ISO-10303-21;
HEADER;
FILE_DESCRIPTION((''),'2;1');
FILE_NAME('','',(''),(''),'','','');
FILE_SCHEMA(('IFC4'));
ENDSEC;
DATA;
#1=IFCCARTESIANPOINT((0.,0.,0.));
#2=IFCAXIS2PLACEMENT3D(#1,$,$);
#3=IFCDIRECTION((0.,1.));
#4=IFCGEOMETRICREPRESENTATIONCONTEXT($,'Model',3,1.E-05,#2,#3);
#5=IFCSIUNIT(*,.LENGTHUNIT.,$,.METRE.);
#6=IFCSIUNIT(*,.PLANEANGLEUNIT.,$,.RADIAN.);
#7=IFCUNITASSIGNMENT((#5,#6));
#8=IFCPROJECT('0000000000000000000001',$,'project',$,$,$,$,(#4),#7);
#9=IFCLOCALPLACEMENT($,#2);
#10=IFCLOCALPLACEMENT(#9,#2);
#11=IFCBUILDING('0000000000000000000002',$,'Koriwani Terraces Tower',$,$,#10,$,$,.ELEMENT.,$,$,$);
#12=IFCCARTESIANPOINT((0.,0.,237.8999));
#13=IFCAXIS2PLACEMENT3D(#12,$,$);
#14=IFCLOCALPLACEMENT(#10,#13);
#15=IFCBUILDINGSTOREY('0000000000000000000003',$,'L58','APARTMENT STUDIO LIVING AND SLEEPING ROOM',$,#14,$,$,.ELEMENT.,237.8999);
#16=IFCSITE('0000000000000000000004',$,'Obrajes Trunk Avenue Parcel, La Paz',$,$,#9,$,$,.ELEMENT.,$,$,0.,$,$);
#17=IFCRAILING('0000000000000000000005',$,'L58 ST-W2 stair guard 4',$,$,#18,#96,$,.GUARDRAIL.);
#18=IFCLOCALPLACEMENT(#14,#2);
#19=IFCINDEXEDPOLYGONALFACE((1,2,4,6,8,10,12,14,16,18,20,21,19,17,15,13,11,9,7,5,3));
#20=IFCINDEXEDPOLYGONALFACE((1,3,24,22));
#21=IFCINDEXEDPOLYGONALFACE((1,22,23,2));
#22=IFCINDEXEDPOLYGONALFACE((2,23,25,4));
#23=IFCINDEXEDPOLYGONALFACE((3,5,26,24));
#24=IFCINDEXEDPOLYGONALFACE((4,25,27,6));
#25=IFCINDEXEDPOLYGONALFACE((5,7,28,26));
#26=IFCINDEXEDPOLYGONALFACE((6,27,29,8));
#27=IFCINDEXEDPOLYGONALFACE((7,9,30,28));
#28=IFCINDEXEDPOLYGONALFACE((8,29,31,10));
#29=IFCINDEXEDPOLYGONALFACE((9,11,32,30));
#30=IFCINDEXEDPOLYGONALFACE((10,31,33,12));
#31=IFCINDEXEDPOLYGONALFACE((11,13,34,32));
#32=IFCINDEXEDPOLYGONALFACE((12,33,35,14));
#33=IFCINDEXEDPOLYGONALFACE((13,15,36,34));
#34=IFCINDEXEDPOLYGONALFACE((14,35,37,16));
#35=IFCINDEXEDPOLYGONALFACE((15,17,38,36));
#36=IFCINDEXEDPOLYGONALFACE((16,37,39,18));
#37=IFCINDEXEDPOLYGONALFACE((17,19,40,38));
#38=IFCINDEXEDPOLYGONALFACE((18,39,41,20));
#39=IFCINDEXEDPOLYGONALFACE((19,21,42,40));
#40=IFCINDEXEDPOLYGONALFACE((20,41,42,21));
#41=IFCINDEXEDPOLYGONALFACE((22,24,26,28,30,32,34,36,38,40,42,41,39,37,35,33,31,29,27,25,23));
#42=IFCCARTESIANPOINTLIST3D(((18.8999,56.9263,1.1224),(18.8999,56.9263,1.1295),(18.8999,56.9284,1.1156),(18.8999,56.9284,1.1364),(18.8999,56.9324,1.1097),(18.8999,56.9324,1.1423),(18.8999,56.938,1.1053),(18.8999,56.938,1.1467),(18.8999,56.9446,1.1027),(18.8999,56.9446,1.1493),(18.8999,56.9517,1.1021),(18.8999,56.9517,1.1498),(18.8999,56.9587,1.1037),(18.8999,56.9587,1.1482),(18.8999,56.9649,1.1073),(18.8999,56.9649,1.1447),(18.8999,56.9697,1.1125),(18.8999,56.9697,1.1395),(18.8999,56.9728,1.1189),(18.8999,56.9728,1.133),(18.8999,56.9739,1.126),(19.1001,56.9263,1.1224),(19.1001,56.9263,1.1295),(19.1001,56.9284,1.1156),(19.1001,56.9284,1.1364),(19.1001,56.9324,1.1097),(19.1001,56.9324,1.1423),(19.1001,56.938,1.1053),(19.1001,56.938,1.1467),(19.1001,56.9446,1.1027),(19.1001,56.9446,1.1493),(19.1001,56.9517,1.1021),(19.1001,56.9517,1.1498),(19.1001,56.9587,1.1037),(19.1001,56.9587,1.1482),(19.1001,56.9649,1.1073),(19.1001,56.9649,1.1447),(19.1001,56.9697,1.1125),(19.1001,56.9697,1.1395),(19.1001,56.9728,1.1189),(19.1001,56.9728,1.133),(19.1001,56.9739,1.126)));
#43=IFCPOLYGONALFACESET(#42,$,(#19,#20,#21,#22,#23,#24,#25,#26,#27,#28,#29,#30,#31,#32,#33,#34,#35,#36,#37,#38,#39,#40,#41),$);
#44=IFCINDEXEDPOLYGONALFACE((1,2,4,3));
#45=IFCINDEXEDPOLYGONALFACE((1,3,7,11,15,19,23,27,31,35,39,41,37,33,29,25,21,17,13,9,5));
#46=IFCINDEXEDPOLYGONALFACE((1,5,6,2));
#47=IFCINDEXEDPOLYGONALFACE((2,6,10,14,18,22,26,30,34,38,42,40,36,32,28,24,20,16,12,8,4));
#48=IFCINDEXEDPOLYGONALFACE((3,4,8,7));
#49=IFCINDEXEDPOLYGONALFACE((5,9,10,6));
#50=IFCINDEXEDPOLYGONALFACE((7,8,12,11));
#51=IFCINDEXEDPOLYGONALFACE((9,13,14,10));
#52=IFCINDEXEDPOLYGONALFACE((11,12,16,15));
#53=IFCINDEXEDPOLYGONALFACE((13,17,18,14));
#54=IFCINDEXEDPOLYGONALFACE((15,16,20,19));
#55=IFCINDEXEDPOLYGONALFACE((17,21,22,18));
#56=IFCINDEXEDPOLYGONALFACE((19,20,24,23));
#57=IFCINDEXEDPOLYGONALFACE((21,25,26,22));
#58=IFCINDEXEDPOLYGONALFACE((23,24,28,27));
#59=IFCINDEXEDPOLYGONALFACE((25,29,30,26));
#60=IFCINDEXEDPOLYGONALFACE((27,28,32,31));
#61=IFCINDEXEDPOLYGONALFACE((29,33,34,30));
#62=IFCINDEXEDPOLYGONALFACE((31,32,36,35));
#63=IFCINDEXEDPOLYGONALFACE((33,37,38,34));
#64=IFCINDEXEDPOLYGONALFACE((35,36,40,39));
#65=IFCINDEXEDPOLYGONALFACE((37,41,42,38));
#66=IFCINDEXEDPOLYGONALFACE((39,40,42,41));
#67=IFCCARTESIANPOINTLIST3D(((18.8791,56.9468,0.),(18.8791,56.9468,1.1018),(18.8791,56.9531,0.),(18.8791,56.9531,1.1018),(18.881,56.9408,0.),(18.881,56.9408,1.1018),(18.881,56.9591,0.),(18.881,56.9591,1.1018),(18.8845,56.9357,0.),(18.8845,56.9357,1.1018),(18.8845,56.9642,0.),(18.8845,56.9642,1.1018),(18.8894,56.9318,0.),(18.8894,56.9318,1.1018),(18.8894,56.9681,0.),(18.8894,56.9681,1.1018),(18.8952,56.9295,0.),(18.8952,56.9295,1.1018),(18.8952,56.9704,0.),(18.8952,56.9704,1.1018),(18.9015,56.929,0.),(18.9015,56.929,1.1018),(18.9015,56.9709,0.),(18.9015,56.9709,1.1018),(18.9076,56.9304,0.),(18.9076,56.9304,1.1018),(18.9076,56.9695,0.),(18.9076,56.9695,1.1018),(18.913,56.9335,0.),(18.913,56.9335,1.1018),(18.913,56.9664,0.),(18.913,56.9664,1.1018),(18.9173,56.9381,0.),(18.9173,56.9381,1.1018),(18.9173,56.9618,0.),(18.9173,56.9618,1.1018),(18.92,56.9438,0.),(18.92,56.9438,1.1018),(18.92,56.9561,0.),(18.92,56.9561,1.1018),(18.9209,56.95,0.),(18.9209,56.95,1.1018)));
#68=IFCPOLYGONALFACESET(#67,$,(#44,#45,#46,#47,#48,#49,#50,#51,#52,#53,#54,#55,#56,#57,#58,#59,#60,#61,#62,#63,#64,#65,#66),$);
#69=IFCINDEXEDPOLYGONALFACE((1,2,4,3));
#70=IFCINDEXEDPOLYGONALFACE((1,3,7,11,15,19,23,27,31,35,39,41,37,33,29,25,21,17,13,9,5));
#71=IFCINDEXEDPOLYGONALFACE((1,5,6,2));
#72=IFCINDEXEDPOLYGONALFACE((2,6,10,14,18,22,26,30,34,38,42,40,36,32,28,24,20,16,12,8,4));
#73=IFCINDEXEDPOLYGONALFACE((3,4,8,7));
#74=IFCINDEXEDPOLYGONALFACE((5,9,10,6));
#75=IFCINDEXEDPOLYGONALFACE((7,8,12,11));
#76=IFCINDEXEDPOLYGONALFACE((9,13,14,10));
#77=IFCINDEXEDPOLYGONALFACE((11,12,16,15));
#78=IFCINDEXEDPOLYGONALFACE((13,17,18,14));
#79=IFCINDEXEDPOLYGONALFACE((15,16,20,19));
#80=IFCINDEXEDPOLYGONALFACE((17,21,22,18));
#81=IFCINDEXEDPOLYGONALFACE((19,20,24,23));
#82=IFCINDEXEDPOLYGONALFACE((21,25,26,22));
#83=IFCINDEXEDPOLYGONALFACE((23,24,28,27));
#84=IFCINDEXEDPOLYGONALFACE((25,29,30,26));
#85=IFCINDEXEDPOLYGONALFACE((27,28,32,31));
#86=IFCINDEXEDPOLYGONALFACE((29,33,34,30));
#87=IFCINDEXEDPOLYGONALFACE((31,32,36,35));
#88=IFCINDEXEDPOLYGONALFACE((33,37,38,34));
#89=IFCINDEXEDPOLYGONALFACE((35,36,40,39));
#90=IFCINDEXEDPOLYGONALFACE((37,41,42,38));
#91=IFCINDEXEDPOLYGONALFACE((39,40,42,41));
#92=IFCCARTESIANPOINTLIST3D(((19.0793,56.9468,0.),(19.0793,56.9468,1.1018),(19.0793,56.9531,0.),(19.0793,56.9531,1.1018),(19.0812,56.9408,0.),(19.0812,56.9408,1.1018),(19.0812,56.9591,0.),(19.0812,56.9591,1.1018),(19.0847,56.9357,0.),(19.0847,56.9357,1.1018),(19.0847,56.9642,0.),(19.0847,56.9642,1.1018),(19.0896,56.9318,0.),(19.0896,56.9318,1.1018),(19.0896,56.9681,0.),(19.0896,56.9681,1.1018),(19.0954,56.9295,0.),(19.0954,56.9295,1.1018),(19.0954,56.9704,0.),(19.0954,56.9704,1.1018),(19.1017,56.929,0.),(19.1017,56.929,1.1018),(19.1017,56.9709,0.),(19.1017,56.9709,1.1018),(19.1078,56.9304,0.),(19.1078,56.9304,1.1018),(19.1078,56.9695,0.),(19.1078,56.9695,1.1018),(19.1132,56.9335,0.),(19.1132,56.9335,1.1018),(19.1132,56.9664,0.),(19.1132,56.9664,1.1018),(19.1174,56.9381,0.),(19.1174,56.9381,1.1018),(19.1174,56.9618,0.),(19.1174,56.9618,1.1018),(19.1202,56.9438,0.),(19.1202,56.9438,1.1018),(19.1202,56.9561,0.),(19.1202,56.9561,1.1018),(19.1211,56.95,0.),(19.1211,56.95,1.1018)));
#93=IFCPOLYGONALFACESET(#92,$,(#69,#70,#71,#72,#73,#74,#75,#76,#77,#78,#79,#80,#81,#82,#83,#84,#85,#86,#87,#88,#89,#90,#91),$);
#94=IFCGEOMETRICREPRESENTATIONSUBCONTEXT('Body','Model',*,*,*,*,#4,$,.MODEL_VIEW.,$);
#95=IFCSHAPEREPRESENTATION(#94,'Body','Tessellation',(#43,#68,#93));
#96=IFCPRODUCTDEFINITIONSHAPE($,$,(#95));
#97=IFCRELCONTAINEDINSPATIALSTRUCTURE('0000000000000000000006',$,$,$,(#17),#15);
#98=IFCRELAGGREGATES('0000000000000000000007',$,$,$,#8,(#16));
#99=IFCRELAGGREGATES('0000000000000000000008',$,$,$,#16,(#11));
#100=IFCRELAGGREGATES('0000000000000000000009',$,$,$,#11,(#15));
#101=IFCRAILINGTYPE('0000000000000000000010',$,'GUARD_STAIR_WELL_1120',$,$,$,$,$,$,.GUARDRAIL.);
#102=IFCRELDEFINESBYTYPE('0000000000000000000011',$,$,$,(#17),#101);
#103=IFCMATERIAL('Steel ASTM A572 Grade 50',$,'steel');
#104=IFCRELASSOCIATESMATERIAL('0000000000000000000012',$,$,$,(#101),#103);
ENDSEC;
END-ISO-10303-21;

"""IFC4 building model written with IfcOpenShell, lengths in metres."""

from ifc_helpers import new_model, si_unit, direction, frame, origin, origin_2d, place, context, subcontext, project, spatial, circle, extrude, material, type_object, element, save


model = new_model("IFC4")

# Units and contexts
model_context = context("Model", 3, precision=1e-05, world=origin(), true_north=direction((0.0, 1.0)))
body_context = subcontext(model_context, "Body", "Model", "MODEL_VIEW")
ifc_project = project(units=[si_unit("LENGTHUNIT", "METRE"), si_unit("PLANEANGLEUNIT", "RADIAN")], contexts=[model_context])

# Site, building, storey
site_placement = place(None, origin())
site = spatial("IfcSite", under=ifc_project, at=site_placement, Name="Obrajes Trunk Avenue Parcel, La Paz", CompositionType="ELEMENT", RefElevation=0.0)
building_placement = place(site_placement, origin())
building = spatial("IfcBuilding", under=site, at=building_placement, Name="Koriwani Terraces Tower", CompositionType="ELEMENT")
storey_placement = place(building_placement, frame((0.0, 0.0, 237.8999)))
storey = spatial("IfcBuildingStorey", under=building, at=storey_placement, Name="L58", Description="APARTMENT STUDIO LIVING AND SLEEPING ROOM", CompositionType="ELEMENT", Elevation=237.8999)

# Shared definitions
ifc_material_1 = material(Name="Steel ASTM A572 Grade 50", Category="steel")

# Railing
railing_type_1 = type_object("IfcRailingType", Name="GUARD_STAIR_WELL_1120", PredefinedType="GUARDRAIL", material=ifc_material_1)
railing_1_placement = place(storey_placement, frame((18.8999, 56.95, 0.0)))
element("IfcRailing", 1, at=railing_1_placement, inside=storey, type_object=railing_type_1, Name="L58 ST-W2 stair guard 4", PredefinedType="GUARDRAIL", context=body_context, shape_type="SweptSolid", body=[
    extrude(circle(Radius=0.0239, at=origin_2d()), frame((0.0, 0.0, 1.126), z_axis=(1.0, 0.0, 0.0), x_axis=(0.0, 1.0, 0.0)), (0.0, 0.0, 1.0), 0.2002),
    extrude(circle(Radius=0.021, at=origin_2d()), origin(), (0.0, 0.0, 1.0), 1.1018),
    extrude(circle(Radius=0.021, at=origin_2d()), frame((0.2002, 0.0, 0.0)), (0.0, 0.0, 1.0), 1.1018),
])

save(model, "model.ifc")
